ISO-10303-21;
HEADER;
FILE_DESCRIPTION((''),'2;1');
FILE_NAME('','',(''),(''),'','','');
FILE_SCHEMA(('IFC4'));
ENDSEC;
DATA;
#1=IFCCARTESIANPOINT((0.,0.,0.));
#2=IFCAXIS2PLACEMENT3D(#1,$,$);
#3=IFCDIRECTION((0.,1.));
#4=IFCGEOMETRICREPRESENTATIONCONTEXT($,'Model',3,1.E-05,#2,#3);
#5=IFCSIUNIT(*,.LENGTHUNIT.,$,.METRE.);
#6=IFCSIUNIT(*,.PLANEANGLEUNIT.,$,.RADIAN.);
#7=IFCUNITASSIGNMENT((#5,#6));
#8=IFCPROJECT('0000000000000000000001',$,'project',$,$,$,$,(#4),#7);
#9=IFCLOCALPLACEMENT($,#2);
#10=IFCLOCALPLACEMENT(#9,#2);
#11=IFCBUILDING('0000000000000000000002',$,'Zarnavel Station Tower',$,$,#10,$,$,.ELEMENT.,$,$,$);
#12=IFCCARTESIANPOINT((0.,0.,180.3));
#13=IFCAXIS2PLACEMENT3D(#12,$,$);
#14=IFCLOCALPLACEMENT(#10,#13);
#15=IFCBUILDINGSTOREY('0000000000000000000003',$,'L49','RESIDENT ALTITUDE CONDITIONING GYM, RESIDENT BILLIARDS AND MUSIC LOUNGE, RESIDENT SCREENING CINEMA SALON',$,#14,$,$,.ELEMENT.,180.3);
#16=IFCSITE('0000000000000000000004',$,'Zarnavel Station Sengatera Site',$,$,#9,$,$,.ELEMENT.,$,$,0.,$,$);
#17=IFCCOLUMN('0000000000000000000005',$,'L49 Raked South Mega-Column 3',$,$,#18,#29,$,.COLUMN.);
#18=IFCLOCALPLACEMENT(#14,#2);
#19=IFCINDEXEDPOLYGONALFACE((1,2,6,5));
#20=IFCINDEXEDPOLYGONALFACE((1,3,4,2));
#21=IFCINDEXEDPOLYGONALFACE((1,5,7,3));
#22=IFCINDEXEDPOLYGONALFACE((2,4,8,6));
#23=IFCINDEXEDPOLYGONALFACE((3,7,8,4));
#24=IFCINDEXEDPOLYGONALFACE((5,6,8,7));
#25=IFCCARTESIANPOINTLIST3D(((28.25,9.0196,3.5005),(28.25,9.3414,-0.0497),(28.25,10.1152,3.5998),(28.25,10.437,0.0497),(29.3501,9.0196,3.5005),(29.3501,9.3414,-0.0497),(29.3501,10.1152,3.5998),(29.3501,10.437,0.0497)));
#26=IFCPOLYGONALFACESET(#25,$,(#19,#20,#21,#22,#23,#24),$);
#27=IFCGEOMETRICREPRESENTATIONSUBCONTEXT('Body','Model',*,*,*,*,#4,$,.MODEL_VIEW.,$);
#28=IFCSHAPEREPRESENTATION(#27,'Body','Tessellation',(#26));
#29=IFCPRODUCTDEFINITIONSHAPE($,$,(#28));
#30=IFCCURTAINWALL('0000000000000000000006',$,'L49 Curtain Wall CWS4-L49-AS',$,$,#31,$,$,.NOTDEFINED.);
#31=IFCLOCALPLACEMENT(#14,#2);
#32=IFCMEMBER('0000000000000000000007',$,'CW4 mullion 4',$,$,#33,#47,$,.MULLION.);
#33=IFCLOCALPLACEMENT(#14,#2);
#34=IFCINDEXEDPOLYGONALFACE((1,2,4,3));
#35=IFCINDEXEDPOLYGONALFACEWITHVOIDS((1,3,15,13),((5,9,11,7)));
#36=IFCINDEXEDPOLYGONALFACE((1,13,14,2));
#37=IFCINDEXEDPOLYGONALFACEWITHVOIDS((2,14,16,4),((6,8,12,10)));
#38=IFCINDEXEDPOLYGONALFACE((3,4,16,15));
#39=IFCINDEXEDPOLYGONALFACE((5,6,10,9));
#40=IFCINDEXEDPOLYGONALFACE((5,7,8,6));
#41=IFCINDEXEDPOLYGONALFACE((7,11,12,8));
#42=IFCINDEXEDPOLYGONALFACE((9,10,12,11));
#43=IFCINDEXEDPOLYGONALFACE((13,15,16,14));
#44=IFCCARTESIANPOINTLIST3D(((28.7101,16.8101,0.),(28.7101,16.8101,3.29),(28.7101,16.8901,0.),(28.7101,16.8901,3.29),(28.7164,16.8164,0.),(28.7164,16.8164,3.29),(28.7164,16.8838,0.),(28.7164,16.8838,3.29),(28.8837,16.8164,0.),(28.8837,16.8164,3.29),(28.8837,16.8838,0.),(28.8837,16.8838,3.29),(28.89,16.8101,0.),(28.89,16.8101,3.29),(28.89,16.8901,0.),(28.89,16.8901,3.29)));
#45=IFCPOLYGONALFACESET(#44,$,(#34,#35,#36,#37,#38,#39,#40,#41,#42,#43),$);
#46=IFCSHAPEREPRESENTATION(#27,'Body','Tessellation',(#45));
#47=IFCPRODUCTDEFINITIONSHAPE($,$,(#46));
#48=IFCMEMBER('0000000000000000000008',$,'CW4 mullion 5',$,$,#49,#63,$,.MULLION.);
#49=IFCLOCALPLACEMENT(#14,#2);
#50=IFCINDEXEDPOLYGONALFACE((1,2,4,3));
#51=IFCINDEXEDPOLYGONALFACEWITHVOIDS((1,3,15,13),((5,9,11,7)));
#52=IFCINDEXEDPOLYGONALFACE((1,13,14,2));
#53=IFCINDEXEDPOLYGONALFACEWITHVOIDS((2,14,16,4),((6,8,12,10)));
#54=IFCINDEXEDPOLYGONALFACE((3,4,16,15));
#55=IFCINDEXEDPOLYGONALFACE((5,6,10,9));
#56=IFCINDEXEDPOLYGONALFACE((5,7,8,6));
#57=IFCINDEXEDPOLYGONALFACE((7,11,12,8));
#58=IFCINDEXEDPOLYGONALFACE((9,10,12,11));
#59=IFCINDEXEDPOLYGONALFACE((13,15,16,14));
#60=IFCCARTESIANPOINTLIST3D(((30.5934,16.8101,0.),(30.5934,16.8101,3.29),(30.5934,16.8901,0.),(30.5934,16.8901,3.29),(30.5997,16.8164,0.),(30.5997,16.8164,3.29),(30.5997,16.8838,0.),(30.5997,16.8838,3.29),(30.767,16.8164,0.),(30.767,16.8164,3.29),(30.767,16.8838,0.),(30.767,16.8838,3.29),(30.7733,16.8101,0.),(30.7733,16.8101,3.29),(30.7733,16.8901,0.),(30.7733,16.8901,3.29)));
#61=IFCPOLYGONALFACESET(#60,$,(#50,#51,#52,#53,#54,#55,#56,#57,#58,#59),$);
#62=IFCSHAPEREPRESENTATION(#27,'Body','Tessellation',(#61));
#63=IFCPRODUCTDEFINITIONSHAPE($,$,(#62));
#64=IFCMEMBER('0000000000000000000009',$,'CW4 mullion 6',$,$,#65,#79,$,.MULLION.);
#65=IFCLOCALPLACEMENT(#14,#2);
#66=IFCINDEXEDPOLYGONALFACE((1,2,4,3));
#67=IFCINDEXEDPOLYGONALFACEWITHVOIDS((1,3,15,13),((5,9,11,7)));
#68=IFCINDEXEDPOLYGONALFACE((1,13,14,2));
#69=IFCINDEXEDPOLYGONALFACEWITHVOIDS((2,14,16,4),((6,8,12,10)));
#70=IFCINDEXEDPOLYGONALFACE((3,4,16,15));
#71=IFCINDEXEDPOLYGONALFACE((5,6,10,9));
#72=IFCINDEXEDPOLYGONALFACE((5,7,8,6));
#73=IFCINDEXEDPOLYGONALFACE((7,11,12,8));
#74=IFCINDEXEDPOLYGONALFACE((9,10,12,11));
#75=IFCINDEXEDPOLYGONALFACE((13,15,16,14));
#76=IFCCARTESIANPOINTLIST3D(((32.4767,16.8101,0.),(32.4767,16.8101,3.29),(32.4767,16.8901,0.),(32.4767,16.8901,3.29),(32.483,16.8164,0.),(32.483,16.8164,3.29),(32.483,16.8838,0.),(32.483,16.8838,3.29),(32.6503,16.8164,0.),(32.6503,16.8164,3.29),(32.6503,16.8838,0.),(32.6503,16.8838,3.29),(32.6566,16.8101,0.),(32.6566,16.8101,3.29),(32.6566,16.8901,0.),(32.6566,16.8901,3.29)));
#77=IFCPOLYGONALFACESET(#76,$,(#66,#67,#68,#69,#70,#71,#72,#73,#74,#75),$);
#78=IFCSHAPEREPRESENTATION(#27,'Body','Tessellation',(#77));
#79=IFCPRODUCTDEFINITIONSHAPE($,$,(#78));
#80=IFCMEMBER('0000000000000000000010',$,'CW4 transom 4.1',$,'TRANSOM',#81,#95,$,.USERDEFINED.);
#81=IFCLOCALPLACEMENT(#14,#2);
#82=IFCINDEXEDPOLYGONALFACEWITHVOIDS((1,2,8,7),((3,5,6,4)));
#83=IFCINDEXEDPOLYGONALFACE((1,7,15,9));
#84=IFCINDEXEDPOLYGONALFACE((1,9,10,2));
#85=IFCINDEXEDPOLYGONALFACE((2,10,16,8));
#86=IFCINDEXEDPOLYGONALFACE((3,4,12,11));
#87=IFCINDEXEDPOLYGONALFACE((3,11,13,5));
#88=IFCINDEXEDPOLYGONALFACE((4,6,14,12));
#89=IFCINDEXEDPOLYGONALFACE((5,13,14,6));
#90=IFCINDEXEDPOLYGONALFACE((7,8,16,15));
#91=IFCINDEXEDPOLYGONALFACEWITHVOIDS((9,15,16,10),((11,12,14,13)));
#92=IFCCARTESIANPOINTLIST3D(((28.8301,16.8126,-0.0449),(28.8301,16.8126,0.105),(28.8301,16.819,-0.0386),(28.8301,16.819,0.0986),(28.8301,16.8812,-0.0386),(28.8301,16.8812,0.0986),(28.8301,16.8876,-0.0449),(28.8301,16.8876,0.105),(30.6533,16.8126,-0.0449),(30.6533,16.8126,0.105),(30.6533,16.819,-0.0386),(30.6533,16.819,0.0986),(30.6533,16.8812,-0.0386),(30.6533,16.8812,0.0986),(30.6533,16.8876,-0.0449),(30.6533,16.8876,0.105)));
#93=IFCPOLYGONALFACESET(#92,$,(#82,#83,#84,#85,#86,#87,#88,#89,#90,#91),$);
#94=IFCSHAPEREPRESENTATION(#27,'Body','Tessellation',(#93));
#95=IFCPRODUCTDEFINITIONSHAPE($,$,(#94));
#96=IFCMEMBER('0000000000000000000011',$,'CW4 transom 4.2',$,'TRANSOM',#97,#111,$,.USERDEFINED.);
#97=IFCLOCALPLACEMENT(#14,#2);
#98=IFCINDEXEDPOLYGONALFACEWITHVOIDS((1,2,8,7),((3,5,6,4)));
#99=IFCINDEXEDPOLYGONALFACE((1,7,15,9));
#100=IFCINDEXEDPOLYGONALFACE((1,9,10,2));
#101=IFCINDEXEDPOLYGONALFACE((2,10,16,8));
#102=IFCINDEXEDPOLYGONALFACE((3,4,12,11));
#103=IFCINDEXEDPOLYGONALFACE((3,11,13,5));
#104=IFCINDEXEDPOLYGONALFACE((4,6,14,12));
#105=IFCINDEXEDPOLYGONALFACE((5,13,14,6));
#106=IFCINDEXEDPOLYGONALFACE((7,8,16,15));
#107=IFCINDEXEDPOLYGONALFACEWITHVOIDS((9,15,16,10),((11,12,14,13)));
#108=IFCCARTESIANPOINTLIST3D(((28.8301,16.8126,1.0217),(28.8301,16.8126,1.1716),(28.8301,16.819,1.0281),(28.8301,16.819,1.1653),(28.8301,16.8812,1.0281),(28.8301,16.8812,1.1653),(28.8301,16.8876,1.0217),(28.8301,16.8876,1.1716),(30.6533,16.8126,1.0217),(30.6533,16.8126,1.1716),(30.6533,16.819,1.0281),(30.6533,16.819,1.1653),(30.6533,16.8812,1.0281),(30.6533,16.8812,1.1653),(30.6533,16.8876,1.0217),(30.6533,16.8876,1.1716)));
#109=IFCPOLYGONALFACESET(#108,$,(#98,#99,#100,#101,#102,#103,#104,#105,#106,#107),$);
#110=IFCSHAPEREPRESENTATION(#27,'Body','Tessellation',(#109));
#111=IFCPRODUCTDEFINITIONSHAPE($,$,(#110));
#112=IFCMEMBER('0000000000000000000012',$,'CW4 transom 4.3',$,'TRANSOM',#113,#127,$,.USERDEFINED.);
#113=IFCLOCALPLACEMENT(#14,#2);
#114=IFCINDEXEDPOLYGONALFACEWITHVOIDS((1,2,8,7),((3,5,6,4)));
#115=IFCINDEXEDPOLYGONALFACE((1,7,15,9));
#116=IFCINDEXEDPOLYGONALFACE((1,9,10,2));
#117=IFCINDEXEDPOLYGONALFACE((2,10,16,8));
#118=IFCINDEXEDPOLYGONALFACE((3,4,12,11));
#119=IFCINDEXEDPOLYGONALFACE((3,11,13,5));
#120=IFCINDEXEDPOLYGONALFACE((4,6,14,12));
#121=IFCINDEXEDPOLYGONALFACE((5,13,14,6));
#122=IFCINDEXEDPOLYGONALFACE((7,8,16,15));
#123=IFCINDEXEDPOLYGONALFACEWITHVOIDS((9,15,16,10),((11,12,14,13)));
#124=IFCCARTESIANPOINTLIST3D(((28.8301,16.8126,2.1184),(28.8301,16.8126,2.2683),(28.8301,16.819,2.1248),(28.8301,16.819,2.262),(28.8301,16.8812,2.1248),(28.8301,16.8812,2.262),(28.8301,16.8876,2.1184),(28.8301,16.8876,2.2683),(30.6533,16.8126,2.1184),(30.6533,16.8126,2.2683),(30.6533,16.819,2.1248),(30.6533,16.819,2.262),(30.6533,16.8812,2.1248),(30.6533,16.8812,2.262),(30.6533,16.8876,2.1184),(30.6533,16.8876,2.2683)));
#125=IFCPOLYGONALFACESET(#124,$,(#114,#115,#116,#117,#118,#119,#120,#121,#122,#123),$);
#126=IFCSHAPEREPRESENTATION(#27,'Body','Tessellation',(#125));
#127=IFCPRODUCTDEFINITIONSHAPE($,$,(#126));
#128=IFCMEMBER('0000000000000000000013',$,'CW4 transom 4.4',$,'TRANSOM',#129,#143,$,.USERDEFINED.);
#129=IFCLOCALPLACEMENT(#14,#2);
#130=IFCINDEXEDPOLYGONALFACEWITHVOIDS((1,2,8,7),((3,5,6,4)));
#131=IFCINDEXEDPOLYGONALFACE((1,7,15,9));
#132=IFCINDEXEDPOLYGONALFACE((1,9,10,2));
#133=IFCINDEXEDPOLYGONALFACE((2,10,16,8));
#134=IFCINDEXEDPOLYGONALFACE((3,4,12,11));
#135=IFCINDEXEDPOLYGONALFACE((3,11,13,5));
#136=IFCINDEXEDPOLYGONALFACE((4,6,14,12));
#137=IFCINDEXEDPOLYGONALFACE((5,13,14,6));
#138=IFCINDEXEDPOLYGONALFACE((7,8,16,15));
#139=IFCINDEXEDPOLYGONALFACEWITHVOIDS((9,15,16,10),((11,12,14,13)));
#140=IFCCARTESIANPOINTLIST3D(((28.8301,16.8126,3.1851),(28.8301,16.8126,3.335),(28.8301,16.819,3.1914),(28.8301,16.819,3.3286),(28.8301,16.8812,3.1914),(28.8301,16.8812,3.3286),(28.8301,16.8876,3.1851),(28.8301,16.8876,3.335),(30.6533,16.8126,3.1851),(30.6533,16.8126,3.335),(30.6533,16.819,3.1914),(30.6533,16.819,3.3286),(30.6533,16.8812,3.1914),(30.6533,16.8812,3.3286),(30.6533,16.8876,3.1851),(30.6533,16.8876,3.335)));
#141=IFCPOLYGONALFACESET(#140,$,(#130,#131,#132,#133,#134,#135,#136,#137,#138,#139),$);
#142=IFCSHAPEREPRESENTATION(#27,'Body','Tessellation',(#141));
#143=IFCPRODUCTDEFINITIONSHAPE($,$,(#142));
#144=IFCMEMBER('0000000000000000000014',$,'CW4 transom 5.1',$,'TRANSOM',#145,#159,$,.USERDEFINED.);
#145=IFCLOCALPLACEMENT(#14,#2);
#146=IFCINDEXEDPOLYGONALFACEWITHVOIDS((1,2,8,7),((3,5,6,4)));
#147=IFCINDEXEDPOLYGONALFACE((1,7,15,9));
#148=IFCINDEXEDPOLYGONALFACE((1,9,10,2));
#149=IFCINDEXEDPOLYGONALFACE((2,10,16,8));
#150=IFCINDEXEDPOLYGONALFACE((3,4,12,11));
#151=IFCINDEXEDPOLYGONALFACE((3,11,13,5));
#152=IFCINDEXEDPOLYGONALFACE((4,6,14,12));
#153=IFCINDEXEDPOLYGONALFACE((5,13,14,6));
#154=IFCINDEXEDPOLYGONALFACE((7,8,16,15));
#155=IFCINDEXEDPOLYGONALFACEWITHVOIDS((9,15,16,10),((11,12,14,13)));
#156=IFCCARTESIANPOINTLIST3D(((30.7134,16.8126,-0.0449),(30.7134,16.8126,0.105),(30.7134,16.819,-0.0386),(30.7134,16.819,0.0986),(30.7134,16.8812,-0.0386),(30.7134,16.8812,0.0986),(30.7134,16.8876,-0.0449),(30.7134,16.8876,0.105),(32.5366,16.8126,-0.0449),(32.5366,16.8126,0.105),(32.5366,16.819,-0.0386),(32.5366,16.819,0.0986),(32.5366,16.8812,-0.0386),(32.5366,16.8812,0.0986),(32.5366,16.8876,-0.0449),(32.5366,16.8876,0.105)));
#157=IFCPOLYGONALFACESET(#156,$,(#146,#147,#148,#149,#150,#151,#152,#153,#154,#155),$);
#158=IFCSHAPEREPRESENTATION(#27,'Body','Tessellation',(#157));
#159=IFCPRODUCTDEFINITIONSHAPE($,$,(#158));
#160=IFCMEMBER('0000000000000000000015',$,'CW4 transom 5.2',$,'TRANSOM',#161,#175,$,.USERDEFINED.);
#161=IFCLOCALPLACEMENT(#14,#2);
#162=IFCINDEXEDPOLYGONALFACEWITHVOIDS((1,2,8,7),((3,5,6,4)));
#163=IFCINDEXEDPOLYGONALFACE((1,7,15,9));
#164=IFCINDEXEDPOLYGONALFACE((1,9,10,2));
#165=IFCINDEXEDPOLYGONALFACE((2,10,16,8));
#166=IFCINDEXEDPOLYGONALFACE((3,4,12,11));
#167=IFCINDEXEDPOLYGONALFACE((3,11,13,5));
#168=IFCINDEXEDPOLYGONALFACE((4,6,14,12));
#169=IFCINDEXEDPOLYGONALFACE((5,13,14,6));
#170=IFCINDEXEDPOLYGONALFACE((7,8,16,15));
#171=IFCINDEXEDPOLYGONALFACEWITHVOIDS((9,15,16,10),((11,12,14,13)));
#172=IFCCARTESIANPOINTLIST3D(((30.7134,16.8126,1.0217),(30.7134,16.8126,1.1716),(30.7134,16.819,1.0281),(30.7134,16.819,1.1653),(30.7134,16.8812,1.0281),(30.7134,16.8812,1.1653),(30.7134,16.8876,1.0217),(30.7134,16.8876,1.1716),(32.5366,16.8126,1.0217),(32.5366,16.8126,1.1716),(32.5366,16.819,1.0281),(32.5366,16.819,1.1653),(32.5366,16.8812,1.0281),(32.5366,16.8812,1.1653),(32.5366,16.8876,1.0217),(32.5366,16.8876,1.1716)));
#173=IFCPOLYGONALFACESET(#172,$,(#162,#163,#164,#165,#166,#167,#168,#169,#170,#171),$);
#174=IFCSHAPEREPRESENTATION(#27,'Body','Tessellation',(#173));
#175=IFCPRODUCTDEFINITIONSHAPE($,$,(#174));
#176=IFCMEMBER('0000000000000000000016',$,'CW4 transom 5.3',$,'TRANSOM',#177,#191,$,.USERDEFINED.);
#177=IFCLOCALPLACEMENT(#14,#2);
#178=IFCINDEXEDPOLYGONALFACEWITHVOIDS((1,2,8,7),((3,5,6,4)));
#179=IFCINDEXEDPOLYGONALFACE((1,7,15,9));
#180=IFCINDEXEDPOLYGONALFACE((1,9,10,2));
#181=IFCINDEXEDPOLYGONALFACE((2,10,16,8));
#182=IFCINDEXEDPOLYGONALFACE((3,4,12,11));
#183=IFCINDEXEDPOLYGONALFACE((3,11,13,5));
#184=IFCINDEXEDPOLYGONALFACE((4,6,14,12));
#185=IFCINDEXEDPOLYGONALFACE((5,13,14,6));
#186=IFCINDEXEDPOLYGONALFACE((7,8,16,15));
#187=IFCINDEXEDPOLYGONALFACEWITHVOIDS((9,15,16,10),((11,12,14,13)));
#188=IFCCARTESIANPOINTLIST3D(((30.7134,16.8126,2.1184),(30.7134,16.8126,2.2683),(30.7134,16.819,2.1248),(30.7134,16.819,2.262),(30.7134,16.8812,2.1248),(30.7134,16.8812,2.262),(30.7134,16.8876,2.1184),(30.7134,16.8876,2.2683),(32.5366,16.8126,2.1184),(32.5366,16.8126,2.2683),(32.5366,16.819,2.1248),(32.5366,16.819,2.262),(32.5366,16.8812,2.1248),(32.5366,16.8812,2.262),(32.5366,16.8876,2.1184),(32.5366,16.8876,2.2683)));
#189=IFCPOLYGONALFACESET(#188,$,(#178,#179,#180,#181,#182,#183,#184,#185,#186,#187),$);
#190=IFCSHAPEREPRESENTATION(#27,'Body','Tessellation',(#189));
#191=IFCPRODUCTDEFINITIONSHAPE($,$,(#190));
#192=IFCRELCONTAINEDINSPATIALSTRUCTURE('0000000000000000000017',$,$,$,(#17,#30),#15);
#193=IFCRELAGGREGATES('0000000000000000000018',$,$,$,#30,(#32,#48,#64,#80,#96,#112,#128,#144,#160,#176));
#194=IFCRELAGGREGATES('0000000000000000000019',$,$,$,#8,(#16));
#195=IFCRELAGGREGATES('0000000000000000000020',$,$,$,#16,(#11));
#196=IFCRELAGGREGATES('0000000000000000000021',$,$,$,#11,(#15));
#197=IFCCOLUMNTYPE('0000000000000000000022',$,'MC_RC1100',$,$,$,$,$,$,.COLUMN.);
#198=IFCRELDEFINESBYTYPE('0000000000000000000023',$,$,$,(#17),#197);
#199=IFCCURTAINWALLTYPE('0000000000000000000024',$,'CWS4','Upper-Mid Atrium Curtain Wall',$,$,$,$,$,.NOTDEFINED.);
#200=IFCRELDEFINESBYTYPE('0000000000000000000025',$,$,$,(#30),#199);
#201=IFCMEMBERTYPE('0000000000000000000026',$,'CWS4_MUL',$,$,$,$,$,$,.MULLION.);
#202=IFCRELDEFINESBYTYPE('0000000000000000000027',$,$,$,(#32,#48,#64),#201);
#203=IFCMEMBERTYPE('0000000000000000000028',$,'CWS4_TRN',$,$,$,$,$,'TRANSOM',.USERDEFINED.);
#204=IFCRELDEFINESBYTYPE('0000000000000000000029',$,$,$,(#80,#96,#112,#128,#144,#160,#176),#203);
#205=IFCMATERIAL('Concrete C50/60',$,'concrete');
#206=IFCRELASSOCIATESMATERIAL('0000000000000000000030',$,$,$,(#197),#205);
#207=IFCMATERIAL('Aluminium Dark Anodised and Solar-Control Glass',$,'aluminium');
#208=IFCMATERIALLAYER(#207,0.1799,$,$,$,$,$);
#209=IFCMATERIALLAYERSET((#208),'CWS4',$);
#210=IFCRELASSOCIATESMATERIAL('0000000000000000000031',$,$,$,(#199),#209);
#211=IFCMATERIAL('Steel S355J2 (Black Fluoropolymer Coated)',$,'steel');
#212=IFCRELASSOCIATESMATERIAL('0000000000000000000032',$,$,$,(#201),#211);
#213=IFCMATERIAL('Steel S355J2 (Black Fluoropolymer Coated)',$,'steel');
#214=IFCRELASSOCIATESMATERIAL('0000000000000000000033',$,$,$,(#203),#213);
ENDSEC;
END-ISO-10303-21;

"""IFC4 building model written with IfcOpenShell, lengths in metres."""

from ifc_helpers import new_model, si_unit, direction, frame, origin, origin_2d, place, context, subcontext, project, spatial, rectangle, hollow_rectangle, extrude, material, layer, layer_set, material_profile, profile_set, type_object, element, aggregate, save


model = new_model("IFC4")

# Units and contexts
model_context = context("Model", 3, precision=1e-05, world=origin(), true_north=direction((0.0, 1.0)))
body_context = subcontext(model_context, "Body", "Model", "MODEL_VIEW")
ifc_project = project(units=[si_unit("LENGTHUNIT", "METRE"), si_unit("PLANEANGLEUNIT", "RADIAN")], contexts=[model_context])

# Site, building, storey
site_placement = place(None, origin())
site = spatial("IfcSite", under=ifc_project, at=site_placement, Name="Zarnavel Station Sengatera Site", CompositionType="ELEMENT", RefElevation=0.0)
building_placement = place(site_placement, origin())
building = spatial("IfcBuilding", under=site, at=building_placement, Name="Zarnavel Station Tower", CompositionType="ELEMENT")
storey_placement = place(building_placement, frame((0.0, 0.0, 180.3)))
storey = spatial("IfcBuildingStorey", under=building, at=storey_placement, Name="L49", Description="RESIDENT ALTITUDE CONDITIONING GYM, RESIDENT BILLIARDS AND MUSIC LOUNGE, RESIDENT SCREENING CINEMA SALON", CompositionType="ELEMENT", Elevation=180.3)

# Column
ifc_material_1 = material(Name="Concrete C50/60", Category="concrete")
ifc_material_profile_1 = material_profile(ifc_material_1, rectangle(XDim=1.1001, YDim=1.1001, at=origin_2d()), Name="RC1100x1100")
ifc_profile_set_1 = profile_set([ifc_material_profile_1], Name="Concrete C50/60")
column_type = type_object("IfcColumnType", Name="MC_RC1100", PredefinedType="COLUMN", material=ifc_profile_set_1)
column_placement = place(storey_placement, frame((28.8, 9.8892, 0.0), z_axis=(0.0, -0.09027, 0.995917), x_axis=(1.0, 0.0, 0.0)))
element("IfcColumn", 1, at=column_placement, inside=storey, type_object=column_type, Name="L49 Raked South Mega-Column 3", PredefinedType="COLUMN", context=body_context, shape_type="SweptSolid", body=[
    extrude(rectangle(XDim=1.1001, YDim=1.1001, at=origin_2d()), origin(), (0.0, 0.0, 1.0), 3.5647),
])

# Curtain wall, members
ifc_material_2 = material(Name="Aluminium Dark Anodised and Solar-Control Glass", Category="aluminium")
ifc_layer_1 = layer(ifc_material_2, 0.1799)
ifc_layer_set_1 = layer_set([ifc_layer_1], Name="CWS4")
curtain_wall_type = type_object("IfcCurtainWallType", Name="CWS4", Description="Upper-Mid Atrium Curtain Wall", PredefinedType="NOTDEFINED", material=ifc_layer_set_1)
curtain_wall_placement = place(storey_placement, origin())
curtain_wall = element("IfcCurtainWall", 2, at=curtain_wall_placement, inside=storey, type_object=curtain_wall_type, Name="L49 Curtain Wall CWS4-L49-AS", PredefinedType="NOTDEFINED")
ifc_material_3 = material(Name="Steel S355J2 (Black Fluoropolymer Coated)", Category="steel")
ifc_material_profile_2 = material_profile(ifc_material_3, hollow_rectangle(XDim=0.0801, YDim=0.1799, WallThickness=0.0063, at=origin_2d()), Name="RHS180x80x6.3")
ifc_profile_set_2 = profile_set([ifc_material_profile_2], Name="Steel S355J2 (Black Fluoropolymer Coated)")
member_type_1 = type_object("IfcMemberType", Name="CWS4_MUL", PredefinedType="MULLION", material=ifc_profile_set_2)
member_1_placement = place(storey_placement, frame((28.8, 16.8501, 0.0), z_axis=(0.0, 0.0, 1.0), x_axis=(0.0, 1.0, 0.0)))
member_1 = element("IfcMember", 3, at=member_1_placement, type_object=member_type_1, Name="CW4 mullion 4", PredefinedType="MULLION", context=body_context, shape_type="SweptSolid", body=[
    extrude(hollow_rectangle(XDim=0.0801, YDim=0.1799, WallThickness=0.0063, at=origin_2d()), origin(), (0.0, 0.0, 1.0), 3.29),
])
member_2_placement = place(storey_placement, frame((30.6833, 16.8501, 0.0), z_axis=(0.0, 0.0, 1.0), x_axis=(0.0, 1.0, 0.0)))
member_2 = element("IfcMember", 4, at=member_2_placement, type_object=member_type_1, Name="CW4 mullion 5", PredefinedType="MULLION", context=body_context, shape_type="SweptSolid", body=[
    extrude(hollow_rectangle(XDim=0.0801, YDim=0.1799, WallThickness=0.0063, at=origin_2d()), origin(), (0.0, 0.0, 1.0), 3.29),
])
member_3_placement = place(storey_placement, frame((32.5667, 16.8501, 0.0), z_axis=(0.0, 0.0, 1.0), x_axis=(0.0, 1.0, 0.0)))
member_3 = element("IfcMember", 5, at=member_3_placement, type_object=member_type_1, Name="CW4 mullion 6", PredefinedType="MULLION", context=body_context, shape_type="SweptSolid", body=[
    extrude(hollow_rectangle(XDim=0.0801, YDim=0.1799, WallThickness=0.0063, at=origin_2d()), origin(), (0.0, 0.0, 1.0), 3.29),
])
ifc_material_4 = material(Name="Steel S355J2 (Black Fluoropolymer Coated)", Category="steel")
ifc_material_profile_3 = material_profile(ifc_material_4, hollow_rectangle(XDim=0.075, YDim=0.1499, WallThickness=0.0063, at=origin_2d()), Name="RHS150x75x6.3")
ifc_profile_set_3 = profile_set([ifc_material_profile_3], Name="Steel S355J2 (Black Fluoropolymer Coated)")
member_type_2 = type_object("IfcMemberType", Name="CWS4_TRN", ElementType="TRANSOM", PredefinedType="USERDEFINED", material=ifc_profile_set_3)
member_4_placement = place(storey_placement, frame((28.8301, 16.8501, 0.03), z_axis=(1.0, 0.0, 0.0), x_axis=(0.0, 1.0, 0.0)))
member_4 = element("IfcMember", 6, at=member_4_placement, type_object=member_type_2, Name="CW4 transom 4.1", ObjectType="TRANSOM", PredefinedType="USERDEFINED", context=body_context, shape_type="SweptSolid", body=[
    extrude(hollow_rectangle(XDim=0.075, YDim=0.1499, WallThickness=0.0063, at=origin_2d()), origin(), (0.0, 0.0, 1.0), 1.8232),
])
member_5_placement = place(storey_placement, frame((28.8301, 16.8501, 1.0967), z_axis=(1.0, 0.0, 0.0), x_axis=(0.0, 1.0, 0.0)))
member_5 = element("IfcMember", 7, at=member_5_placement, type_object=member_type_2, Name="CW4 transom 4.2", ObjectType="TRANSOM", PredefinedType="USERDEFINED", context=body_context, shape_type="SweptSolid", body=[
    extrude(hollow_rectangle(XDim=0.075, YDim=0.1499, WallThickness=0.0063, at=origin_2d()), origin(), (0.0, 0.0, 1.0), 1.8232),
])
member_6_placement = place(storey_placement, frame((28.8301, 16.8501, 2.1934), z_axis=(1.0, 0.0, 0.0), x_axis=(0.0, 1.0, 0.0)))
member_6 = element("IfcMember", 8, at=member_6_placement, type_object=member_type_2, Name="CW4 transom 4.3", ObjectType="TRANSOM", PredefinedType="USERDEFINED", context=body_context, shape_type="SweptSolid", body=[
    extrude(hollow_rectangle(XDim=0.075, YDim=0.1499, WallThickness=0.0063, at=origin_2d()), origin(), (0.0, 0.0, 1.0), 1.8232),
])
member_7_placement = place(storey_placement, frame((28.8301, 16.8501, 3.26), z_axis=(1.0, 0.0, 0.0), x_axis=(0.0, 1.0, 0.0)))
member_7 = element("IfcMember", 9, at=member_7_placement, type_object=member_type_2, Name="CW4 transom 4.4", ObjectType="TRANSOM", PredefinedType="USERDEFINED", context=body_context, shape_type="SweptSolid", body=[
    extrude(hollow_rectangle(XDim=0.075, YDim=0.1499, WallThickness=0.0063, at=origin_2d()), origin(), (0.0, 0.0, 1.0), 1.8232),
])
member_8_placement = place(storey_placement, frame((30.7134, 16.8501, 0.03), z_axis=(1.0, 0.0, 0.0), x_axis=(0.0, 1.0, 0.0)))
member_8 = element("IfcMember", 10, at=member_8_placement, type_object=member_type_2, Name="CW4 transom 5.1", ObjectType="TRANSOM", PredefinedType="USERDEFINED", context=body_context, shape_type="SweptSolid", body=[
    extrude(hollow_rectangle(XDim=0.075, YDim=0.1499, WallThickness=0.0063, at=origin_2d()), origin(), (0.0, 0.0, 1.0), 1.8232),
])
member_9_placement = place(storey_placement, frame((30.7134, 16.8501, 1.0967), z_axis=(1.0, 0.0, 0.0), x_axis=(0.0, 1.0, 0.0)))
member_9 = element("IfcMember", 11, at=member_9_placement, type_object=member_type_2, Name="CW4 transom 5.2", ObjectType="TRANSOM", PredefinedType="USERDEFINED", context=body_context, shape_type="SweptSolid", body=[
    extrude(hollow_rectangle(XDim=0.075, YDim=0.1499, WallThickness=0.0063, at=origin_2d()), origin(), (0.0, 0.0, 1.0), 1.8232),
])
member_10_placement = place(storey_placement, frame((30.7134, 16.8501, 2.1934), z_axis=(1.0, 0.0, 0.0), x_axis=(0.0, 1.0, 0.0)))
member_10 = element("IfcMember", 12, at=member_10_placement, type_object=member_type_2, Name="CW4 transom 5.3", ObjectType="TRANSOM", PredefinedType="USERDEFINED", context=body_context, shape_type="SweptSolid", body=[
    extrude(hollow_rectangle(XDim=0.075, YDim=0.1499, WallThickness=0.0063, at=origin_2d()), origin(), (0.0, 0.0, 1.0), 1.8232),
])

aggregate(curtain_wall, [member_1, member_2, member_3, member_4, member_5, member_6, member_7, member_8, member_9, member_10])

save(model, "model.ifc")
